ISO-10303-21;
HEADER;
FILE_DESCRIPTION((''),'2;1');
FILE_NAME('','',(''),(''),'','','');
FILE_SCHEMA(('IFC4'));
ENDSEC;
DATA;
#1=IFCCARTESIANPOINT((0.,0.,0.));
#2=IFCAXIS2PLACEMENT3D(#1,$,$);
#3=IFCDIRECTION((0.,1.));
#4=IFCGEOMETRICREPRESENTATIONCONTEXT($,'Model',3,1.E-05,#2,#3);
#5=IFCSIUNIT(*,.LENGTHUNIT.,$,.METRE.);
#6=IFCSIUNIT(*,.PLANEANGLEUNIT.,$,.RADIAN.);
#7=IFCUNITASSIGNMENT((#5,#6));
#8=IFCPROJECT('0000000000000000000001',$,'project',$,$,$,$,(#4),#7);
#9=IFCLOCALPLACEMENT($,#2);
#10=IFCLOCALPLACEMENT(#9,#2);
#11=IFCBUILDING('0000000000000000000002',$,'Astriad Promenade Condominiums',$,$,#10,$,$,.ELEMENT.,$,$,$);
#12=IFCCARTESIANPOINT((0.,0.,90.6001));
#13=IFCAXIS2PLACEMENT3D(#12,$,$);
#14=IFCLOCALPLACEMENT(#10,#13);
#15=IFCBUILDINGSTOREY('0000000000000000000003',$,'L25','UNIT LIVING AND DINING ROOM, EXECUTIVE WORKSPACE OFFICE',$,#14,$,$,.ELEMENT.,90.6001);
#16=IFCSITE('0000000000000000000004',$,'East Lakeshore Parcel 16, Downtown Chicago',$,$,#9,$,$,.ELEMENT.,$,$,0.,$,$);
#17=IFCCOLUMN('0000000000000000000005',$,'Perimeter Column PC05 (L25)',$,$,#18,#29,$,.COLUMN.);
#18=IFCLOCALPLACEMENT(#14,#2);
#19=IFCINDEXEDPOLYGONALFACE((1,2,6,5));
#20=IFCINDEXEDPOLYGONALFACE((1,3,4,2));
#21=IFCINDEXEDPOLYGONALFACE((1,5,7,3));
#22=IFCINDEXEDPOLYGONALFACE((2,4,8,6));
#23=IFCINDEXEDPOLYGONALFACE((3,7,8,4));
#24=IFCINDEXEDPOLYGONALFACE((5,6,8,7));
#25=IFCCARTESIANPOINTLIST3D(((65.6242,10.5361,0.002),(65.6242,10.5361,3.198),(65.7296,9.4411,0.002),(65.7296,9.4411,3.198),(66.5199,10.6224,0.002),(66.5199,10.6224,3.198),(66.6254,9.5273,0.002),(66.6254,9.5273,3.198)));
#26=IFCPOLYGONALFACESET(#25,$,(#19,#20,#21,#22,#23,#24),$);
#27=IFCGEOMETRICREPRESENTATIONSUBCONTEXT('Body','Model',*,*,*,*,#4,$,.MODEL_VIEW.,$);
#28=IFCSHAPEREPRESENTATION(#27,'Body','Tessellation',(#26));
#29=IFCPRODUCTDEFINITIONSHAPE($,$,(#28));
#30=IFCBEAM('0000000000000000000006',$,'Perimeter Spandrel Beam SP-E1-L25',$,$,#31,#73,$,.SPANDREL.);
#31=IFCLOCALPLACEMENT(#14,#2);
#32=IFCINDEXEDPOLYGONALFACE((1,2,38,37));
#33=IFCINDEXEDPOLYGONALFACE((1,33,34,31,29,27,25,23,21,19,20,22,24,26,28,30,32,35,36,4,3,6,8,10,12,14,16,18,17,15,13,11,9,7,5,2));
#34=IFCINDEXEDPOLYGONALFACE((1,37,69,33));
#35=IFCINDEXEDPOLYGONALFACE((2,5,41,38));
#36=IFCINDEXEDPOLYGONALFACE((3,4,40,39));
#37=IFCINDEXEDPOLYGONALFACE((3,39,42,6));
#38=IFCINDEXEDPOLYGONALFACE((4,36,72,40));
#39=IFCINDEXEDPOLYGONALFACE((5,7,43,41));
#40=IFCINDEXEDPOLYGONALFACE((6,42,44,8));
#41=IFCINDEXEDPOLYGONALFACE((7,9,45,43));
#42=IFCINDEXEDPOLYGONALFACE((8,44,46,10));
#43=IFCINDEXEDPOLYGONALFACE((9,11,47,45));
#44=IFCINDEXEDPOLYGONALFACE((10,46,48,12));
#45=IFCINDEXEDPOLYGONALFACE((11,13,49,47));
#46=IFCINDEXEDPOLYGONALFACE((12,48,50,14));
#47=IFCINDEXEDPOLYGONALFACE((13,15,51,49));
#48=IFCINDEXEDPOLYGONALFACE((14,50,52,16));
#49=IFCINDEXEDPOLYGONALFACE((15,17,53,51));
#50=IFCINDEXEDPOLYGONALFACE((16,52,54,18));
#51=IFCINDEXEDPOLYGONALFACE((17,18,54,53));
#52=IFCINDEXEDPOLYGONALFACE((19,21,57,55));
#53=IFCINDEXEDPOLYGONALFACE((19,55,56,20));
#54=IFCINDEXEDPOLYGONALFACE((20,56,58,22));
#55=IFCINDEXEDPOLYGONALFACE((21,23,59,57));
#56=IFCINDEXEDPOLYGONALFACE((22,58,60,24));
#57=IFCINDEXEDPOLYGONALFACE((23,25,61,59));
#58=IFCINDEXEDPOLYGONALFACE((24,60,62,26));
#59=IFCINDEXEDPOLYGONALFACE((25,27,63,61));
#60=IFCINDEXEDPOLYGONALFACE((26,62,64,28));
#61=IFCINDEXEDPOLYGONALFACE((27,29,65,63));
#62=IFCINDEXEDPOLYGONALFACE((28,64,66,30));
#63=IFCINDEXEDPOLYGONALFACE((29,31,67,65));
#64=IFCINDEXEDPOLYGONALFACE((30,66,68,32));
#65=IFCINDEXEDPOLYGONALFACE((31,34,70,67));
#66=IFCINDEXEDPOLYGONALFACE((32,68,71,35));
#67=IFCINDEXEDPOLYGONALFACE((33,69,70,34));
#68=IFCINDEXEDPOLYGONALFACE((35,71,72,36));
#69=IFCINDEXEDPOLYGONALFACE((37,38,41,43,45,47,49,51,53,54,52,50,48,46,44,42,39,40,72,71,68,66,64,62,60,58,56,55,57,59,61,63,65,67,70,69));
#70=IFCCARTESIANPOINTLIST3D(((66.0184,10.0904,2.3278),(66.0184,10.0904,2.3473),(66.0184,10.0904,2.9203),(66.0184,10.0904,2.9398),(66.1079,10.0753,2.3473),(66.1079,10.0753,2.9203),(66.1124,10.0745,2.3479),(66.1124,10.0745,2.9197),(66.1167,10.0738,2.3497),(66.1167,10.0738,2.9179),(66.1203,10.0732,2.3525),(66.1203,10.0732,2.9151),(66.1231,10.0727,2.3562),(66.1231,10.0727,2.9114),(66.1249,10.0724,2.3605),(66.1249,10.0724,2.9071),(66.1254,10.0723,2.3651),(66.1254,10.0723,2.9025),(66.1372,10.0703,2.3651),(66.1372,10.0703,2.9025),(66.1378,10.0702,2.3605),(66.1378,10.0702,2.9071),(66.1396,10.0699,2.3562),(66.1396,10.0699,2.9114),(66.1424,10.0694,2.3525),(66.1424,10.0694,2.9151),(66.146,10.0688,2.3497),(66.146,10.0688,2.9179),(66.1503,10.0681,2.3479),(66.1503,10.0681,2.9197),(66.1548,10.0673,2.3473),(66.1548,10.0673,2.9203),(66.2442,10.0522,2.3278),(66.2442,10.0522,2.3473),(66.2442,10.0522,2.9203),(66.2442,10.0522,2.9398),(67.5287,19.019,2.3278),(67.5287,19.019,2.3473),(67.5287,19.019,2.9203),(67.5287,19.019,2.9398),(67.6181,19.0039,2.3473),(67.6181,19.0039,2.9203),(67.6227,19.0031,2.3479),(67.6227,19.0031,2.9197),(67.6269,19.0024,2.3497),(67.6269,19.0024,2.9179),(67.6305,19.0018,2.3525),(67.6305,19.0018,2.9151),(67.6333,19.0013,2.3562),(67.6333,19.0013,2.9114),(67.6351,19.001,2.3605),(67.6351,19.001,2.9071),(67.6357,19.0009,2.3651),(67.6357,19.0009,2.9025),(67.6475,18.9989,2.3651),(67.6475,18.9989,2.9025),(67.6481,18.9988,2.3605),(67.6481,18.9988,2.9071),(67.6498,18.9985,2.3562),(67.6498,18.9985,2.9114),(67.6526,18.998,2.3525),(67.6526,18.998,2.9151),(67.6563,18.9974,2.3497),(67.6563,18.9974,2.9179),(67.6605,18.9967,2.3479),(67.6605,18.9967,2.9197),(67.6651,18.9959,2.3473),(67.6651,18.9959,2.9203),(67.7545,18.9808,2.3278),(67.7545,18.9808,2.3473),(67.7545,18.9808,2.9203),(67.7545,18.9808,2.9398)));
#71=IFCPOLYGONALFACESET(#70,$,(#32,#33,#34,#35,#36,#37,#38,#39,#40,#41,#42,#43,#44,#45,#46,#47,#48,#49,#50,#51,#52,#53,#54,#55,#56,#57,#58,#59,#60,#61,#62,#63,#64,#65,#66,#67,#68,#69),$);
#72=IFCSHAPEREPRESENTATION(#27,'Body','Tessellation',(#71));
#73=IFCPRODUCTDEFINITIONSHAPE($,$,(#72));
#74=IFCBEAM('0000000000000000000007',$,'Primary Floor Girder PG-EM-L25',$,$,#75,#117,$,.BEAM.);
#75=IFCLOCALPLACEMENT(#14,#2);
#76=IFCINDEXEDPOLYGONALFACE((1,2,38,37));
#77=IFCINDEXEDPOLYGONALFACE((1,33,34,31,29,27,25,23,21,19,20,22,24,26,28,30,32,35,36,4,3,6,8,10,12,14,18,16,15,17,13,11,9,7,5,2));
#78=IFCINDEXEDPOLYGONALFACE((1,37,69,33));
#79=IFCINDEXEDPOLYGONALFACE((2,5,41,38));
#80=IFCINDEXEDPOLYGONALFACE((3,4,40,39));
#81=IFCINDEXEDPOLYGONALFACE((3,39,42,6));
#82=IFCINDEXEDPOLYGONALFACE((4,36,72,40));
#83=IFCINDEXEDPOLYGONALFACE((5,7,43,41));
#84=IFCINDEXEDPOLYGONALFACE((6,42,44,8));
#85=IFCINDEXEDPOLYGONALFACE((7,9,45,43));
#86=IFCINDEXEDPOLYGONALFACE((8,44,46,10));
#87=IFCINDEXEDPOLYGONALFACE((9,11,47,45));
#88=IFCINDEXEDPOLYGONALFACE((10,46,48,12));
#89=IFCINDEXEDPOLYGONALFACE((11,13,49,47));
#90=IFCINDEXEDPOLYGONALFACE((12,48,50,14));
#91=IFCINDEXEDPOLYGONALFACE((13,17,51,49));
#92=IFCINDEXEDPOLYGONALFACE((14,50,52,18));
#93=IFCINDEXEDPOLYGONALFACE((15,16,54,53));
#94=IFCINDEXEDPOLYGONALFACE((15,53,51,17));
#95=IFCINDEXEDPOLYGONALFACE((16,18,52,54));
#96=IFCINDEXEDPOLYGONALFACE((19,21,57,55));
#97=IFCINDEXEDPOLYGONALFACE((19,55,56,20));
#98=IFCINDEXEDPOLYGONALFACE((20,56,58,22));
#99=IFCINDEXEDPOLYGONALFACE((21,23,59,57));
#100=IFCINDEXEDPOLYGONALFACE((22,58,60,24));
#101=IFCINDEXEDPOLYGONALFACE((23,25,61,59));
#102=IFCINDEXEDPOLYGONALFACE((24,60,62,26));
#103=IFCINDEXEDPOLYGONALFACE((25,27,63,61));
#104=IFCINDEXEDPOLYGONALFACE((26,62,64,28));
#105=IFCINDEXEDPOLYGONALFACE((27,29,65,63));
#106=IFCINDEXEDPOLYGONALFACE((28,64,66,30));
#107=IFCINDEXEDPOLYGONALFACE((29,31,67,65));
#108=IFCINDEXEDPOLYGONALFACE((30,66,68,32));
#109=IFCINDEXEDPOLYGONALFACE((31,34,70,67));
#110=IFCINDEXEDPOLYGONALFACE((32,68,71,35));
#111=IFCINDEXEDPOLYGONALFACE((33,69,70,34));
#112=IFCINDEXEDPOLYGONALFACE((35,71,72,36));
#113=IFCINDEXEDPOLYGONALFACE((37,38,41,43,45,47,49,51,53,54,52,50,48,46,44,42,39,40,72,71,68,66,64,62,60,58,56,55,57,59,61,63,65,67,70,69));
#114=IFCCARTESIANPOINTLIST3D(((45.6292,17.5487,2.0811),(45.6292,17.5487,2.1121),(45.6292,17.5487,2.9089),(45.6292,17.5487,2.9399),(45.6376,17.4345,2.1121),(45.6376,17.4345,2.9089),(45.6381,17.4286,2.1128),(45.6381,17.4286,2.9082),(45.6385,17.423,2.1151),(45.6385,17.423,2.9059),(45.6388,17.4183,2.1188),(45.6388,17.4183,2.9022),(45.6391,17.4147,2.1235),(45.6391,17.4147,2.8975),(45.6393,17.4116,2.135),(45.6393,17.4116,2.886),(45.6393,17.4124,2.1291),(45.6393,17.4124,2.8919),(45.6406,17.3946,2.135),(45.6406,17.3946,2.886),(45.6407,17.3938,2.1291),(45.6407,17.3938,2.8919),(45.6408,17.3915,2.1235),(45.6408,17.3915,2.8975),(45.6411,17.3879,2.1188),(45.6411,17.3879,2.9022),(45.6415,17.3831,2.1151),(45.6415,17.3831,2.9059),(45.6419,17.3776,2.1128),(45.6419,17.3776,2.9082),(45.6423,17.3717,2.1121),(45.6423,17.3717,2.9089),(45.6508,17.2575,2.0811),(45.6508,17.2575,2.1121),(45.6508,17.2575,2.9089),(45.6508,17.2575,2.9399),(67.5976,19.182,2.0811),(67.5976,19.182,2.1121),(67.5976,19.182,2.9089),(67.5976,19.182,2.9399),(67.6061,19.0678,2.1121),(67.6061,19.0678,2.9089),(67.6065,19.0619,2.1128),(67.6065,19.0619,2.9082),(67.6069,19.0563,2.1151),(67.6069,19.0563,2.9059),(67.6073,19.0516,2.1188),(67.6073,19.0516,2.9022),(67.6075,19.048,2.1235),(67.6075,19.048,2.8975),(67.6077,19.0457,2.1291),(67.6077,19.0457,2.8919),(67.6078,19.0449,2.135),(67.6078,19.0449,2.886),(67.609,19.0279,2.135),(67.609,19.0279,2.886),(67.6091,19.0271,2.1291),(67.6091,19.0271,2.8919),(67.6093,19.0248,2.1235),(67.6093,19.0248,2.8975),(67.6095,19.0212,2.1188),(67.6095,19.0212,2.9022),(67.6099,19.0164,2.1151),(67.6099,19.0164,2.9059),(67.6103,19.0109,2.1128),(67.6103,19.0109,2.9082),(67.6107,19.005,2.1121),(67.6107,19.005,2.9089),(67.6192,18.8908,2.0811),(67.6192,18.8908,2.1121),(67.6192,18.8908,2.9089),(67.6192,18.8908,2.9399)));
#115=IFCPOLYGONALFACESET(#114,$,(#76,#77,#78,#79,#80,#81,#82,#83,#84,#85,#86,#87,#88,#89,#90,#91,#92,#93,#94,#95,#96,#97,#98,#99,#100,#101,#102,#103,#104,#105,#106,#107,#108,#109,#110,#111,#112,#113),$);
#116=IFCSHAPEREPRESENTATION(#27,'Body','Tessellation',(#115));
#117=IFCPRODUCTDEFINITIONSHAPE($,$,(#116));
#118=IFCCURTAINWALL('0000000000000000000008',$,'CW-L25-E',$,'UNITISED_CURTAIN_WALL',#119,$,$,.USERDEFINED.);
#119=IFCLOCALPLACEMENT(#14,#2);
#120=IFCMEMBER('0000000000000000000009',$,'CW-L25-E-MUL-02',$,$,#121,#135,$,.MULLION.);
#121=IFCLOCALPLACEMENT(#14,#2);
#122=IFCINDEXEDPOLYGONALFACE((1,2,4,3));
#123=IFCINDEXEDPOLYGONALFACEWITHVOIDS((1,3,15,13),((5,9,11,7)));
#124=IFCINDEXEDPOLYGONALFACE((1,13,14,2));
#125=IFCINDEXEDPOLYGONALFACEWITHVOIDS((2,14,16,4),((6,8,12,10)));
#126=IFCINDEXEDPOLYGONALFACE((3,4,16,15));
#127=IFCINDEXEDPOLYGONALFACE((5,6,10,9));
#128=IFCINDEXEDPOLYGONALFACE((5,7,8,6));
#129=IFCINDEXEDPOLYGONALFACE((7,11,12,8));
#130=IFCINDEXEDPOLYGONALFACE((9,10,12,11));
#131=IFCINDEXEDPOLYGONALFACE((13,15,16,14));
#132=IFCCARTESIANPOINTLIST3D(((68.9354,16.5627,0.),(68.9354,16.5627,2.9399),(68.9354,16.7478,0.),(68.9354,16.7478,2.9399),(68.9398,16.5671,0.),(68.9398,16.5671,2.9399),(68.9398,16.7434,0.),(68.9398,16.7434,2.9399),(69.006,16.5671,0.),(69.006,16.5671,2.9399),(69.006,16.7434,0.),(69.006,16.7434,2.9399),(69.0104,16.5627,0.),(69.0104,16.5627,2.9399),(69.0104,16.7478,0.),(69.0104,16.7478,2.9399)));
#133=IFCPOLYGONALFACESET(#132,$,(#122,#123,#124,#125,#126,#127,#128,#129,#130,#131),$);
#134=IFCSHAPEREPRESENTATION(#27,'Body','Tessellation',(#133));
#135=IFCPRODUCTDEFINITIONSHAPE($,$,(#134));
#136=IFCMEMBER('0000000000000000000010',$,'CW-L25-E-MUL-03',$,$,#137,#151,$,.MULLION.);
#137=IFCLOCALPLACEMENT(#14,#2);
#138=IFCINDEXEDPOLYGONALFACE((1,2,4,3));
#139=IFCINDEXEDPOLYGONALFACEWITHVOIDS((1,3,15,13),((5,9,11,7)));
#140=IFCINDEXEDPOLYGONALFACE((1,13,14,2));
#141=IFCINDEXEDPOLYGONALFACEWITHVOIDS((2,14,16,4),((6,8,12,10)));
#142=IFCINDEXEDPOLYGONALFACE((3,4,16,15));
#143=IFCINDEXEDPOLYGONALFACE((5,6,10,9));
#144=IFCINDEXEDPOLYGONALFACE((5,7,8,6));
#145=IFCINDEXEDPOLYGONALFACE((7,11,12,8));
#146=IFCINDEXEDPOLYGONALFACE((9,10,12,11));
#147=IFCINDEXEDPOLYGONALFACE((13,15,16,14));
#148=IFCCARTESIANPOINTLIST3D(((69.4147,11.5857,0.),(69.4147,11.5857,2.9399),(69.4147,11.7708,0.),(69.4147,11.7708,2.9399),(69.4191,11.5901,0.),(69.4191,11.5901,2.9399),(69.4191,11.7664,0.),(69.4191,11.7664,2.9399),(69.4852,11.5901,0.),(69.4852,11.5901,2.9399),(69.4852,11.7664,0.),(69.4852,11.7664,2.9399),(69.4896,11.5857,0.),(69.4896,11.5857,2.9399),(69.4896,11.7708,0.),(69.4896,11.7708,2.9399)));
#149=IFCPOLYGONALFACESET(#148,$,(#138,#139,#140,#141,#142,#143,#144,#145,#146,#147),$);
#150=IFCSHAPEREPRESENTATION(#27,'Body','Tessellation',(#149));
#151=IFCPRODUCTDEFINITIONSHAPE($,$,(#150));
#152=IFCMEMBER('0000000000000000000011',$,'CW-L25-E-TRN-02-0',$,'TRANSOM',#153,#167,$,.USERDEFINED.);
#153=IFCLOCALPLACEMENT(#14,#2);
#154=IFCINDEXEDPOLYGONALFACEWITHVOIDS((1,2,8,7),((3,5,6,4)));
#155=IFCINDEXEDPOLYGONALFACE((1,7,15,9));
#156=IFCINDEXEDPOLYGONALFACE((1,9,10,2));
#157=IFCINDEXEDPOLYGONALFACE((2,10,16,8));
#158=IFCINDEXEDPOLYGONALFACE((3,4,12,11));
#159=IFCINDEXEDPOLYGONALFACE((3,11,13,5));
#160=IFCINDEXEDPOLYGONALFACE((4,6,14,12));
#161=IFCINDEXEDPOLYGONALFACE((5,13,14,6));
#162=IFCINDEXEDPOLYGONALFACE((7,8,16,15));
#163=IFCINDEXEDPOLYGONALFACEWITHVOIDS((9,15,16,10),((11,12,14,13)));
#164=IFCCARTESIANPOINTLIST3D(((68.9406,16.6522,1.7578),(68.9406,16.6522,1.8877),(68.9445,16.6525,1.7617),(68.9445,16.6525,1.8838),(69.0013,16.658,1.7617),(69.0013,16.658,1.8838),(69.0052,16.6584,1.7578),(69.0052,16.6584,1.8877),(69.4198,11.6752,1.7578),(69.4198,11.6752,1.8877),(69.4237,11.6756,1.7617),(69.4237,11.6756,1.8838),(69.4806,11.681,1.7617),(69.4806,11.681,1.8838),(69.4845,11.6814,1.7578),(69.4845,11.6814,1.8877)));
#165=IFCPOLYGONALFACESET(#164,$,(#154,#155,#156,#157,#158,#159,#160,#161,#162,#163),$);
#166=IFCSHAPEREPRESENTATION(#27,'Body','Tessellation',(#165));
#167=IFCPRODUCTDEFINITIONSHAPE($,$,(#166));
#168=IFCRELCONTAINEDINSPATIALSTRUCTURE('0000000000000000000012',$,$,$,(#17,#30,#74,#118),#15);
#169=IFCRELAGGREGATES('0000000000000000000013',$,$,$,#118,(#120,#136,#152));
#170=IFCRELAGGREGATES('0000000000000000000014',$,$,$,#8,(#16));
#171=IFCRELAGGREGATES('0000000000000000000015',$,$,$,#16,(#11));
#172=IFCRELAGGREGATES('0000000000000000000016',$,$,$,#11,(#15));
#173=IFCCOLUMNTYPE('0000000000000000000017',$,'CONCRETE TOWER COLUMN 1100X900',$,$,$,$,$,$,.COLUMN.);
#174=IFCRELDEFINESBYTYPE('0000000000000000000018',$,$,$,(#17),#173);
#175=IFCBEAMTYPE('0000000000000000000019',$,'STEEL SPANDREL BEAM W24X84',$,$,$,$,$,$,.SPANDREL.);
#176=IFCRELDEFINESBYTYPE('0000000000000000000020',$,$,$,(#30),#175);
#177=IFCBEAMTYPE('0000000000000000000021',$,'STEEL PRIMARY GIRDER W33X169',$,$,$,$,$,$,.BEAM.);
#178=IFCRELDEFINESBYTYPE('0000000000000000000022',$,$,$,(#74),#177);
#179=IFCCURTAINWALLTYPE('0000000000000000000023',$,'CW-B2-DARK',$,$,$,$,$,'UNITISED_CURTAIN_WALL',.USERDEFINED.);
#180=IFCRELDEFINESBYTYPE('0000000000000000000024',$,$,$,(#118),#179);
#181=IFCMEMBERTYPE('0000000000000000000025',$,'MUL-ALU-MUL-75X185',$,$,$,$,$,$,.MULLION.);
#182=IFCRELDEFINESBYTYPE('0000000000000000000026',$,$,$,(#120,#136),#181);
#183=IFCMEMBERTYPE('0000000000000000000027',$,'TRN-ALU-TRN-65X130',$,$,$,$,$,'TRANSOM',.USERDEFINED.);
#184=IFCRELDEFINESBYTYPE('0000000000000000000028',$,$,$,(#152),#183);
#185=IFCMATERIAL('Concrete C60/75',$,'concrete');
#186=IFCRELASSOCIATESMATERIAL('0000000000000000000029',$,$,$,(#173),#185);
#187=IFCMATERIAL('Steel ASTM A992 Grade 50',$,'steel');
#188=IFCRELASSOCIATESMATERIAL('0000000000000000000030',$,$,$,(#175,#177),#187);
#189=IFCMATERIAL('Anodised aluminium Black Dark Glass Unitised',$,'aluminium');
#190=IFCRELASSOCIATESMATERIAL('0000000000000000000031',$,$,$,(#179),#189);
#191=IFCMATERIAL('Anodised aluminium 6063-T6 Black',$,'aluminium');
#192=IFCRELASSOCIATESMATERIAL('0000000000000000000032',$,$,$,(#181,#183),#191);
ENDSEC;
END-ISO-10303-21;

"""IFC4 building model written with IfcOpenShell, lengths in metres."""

from ifc_helpers import new_model, si_unit, direction, frame, origin, origin_2d, place, context, subcontext, project, spatial, rectangle, hollow_rectangle, i_section, extrude, source, transform, mapped, material, material_profile, profile_set, type_object, type_shapes, element, aggregate, save


model = new_model("IFC4")

# Units and contexts
model_context = context("Model", 3, precision=1e-05, world=origin(), true_north=direction((0.0, 1.0)))
body_context = subcontext(model_context, "Body", "Model", "MODEL_VIEW")
ifc_project = project(units=[si_unit("LENGTHUNIT", "METRE"), si_unit("PLANEANGLEUNIT", "RADIAN")], contexts=[model_context])

# Site, building, storey
site_placement = place(None, origin())
site = spatial("IfcSite", under=ifc_project, at=site_placement, Name="East Lakeshore Parcel 16, Downtown Chicago", CompositionType="ELEMENT", RefElevation=0.0)
building_placement = place(site_placement, origin())
building = spatial("IfcBuilding", under=site, at=building_placement, Name="Astriad Promenade Condominiums", CompositionType="ELEMENT")
storey_placement = place(building_placement, frame((0.0, 0.0, 90.6001)))
storey = spatial("IfcBuildingStorey", under=building, at=storey_placement, Name="L25", Description="UNIT LIVING AND DINING ROOM, EXECUTIVE WORKSPACE OFFICE", CompositionType="ELEMENT", Elevation=90.6001)

# Column
ifc_material_1 = material(Name="Concrete C60/75", Category="concrete")
ifc_material_profile_1 = material_profile(ifc_material_1, rectangle(XDim=0.8999, YDim=1.1001, at=origin_2d()), Name="RC-COL-1100X900")
ifc_profile_set_1 = profile_set([ifc_material_profile_1], Name="Concrete C60/75")
column_type = type_object("IfcColumnType", Name="CONCRETE TOWER COLUMN 1100X900", PredefinedType="COLUMN", material=ifc_profile_set_1)
shared_shape_1 = source(origin(), body_context, "Body", "SweptSolid", [
    extrude(rectangle(XDim=0.8999, YDim=1.1001, at=origin_2d()), origin(), (0.0, 0.0, 1.0), 3.196),
])
type_shapes(column_type, [shared_shape_1])
column_placement = place(storey_placement, frame((66.1248, 10.0317, 0.002), z_axis=(0.0, 0.0, 1.0), x_axis=(0.995396, 0.095846, 0.0)))
element("IfcColumn", 1, at=column_placement, inside=storey, type_object=column_type, Name="Perimeter Column PC05 (L25)", PredefinedType="COLUMN", context=body_context, shape_type="MappedRepresentation", body=[
    mapped(shared_shape_1, transform((0.0, 0.0, 0.0), scale=1.0)),
])

# Beams
ifc_material_2 = material(Name="Steel ASTM A992 Grade 50", Category="steel")
ifc_material_profile_2 = material_profile(ifc_material_2, i_section(OverallWidth=0.229, OverallDepth=0.6121, WebThickness=0.012, FlangeThickness=0.0195, FilletRadius=0.0178, at=origin_2d()), Name="W24X84")
ifc_profile_set_2 = profile_set([ifc_material_profile_2], Name="Steel ASTM A992 Grade 50")
beam_type_1 = type_object("IfcBeamType", Name="STEEL SPANDREL BEAM W24X84", PredefinedType="SPANDREL", material=ifc_profile_set_2)
shared_shape_2 = source(origin(), body_context, "Body", "SweptSolid", [
    extrude(i_section(OverallWidth=0.229, OverallDepth=0.6121, WebThickness=0.012, FlangeThickness=0.0195, FilletRadius=0.0178, at=origin_2d()), origin(), (0.0, 0.0, 1.0), 9.0554),
])
type_shapes(beam_type_1, [shared_shape_2])
beam_1_placement = place(storey_placement, frame((66.1313, 10.0713, 2.6338), z_axis=(0.166777, 0.985995, 0.0), x_axis=(-0.985995, 0.166777, 0.0)))
element("IfcBeam", 2, at=beam_1_placement, inside=storey, type_object=beam_type_1, Name="Perimeter Spandrel Beam SP-E1-L25", PredefinedType="SPANDREL", context=body_context, shape_type="MappedRepresentation", body=[
    mapped(shared_shape_2, transform((0.0, 0.0, 0.0), scale=1.0)),
])
ifc_material_profile_3 = material_profile(ifc_material_2, i_section(OverallWidth=0.292, OverallDepth=0.8589, WebThickness=0.0171, FlangeThickness=0.031, FilletRadius=0.0229, at=origin_2d()), Name="W33X169")
ifc_profile_set_3 = profile_set([ifc_material_profile_3], Name="Steel ASTM A992 Grade 50")
beam_type_2 = type_object("IfcBeamType", Name="STEEL PRIMARY GIRDER W33X169", PredefinedType="BEAM", material=ifc_profile_set_3)
shared_shape_3 = source(origin(), body_context, "Body", "SweptSolid", [
    extrude(i_section(OverallWidth=0.292, OverallDepth=0.8589, WebThickness=0.0171, FlangeThickness=0.031, FilletRadius=0.0229, at=origin_2d()), origin(), (0.0, 0.0, 1.0), 22.0291),
])
type_shapes(beam_type_2, [shared_shape_3])
beam_2_placement = place(storey_placement, frame((67.6084, 19.0364, 2.5105), z_axis=(-0.997248, -0.074143, 0.0), x_axis=(0.074143, -0.997248, 0.0)))
element("IfcBeam", 3, at=beam_2_placement, inside=storey, type_object=beam_type_2, Name="Primary Floor Girder PG-EM-L25", PredefinedType="BEAM", context=body_context, shape_type="MappedRepresentation", body=[
    mapped(shared_shape_3, transform((0.0, 0.0, 0.0), scale=1.0)),
])

# Curtain wall, members
ifc_material_3 = material(Name="Anodised aluminium Black Dark Glass Unitised", Category="aluminium")
curtain_wall_type = type_object("IfcCurtainWallType", Name="CW-B2-DARK", ElementType="UNITISED_CURTAIN_WALL", PredefinedType="USERDEFINED", material=ifc_material_3)
curtain_wall_placement = place(storey_placement, origin())
curtain_wall = element("IfcCurtainWall", 4, at=curtain_wall_placement, inside=storey, type_object=curtain_wall_type, Name="CW-L25-E", ObjectType="UNITISED_CURTAIN_WALL", PredefinedType="USERDEFINED")
ifc_material_4 = material(Name="Anodised aluminium 6063-T6 Black", Category="aluminium")
ifc_material_profile_4 = material_profile(ifc_material_4, hollow_rectangle(XDim=0.075, YDim=0.1851, WallThickness=0.0044, at=origin_2d()), Name="ALU-MUL-75X185")
ifc_profile_set_4 = profile_set([ifc_material_profile_4], Name="Anodised aluminium 6063-T6 Black")
member_type_1 = type_object("IfcMemberType", Name="MUL-ALU-MUL-75X185", PredefinedType="MULLION", material=ifc_profile_set_4)
shared_shape_4 = source(origin(), body_context, "Body", "SweptSolid", [
    extrude(hollow_rectangle(XDim=0.075, YDim=0.1851, WallThickness=0.0044, at=origin_2d()), origin(), (0.0, 0.0, 1.0), 2.9399),
])
type_shapes(member_type_1, [shared_shape_4])
member_1_placement = place(storey_placement, frame((68.9729, 16.6553, 0.0), z_axis=(0.0, 0.0, 1.0), x_axis=(1.0, 0.0, 0.0)))
member_1 = element("IfcMember", 5, at=member_1_placement, type_object=member_type_1, Name="CW-L25-E-MUL-02", PredefinedType="MULLION", context=body_context, shape_type="MappedRepresentation", body=[
    mapped(shared_shape_4, transform((0.0, 0.0, 0.0), scale=1.0)),
])
member_2_placement = place(storey_placement, frame((69.4521, 11.6782, 0.0), z_axis=(0.0, 0.0, 1.0), x_axis=(1.0, 0.0, 0.0)))
member_2 = element("IfcMember", 6, at=member_2_placement, type_object=member_type_1, Name="CW-L25-E-MUL-03", PredefinedType="MULLION", context=body_context, shape_type="MappedRepresentation", body=[
    mapped(shared_shape_4, transform((0.0, 0.0, 0.0), scale=1.0)),
])
ifc_material_profile_5 = material_profile(ifc_material_4, hollow_rectangle(XDim=0.0649, YDim=0.1299, WallThickness=0.0039, at=origin_2d()), Name="ALU-TRN-65X130")
ifc_profile_set_5 = profile_set([ifc_material_profile_5], Name="Anodised aluminium 6063-T6 Black")
member_type_2 = type_object("IfcMemberType", Name="TRN-ALU-TRN-65X130", ElementType="TRANSOM", PredefinedType="USERDEFINED", material=ifc_profile_set_5)
shared_shape_5 = source(origin(), body_context, "Body", "SweptSolid", [
    extrude(hollow_rectangle(XDim=0.0649, YDim=0.1299, WallThickness=0.0039, at=origin_2d()), origin(), (0.0, 0.0, 1.0), 5.0),
])
type_shapes(member_type_2, [shared_shape_5])
member_3_placement = place(storey_placement, frame((68.9729, 16.6553, 1.8228), z_axis=(0.095848, -0.995396, 0.0), x_axis=(0.995396, 0.095848, 0.0)))
member_3 = element("IfcMember", 7, at=member_3_placement, type_object=member_type_2, Name="CW-L25-E-TRN-02-0", ObjectType="TRANSOM", PredefinedType="USERDEFINED", context=body_context, shape_type="MappedRepresentation", body=[
    mapped(shared_shape_5, transform((0.0, 0.0, 0.0), scale=1.0)),
])
aggregate(curtain_wall, [member_1, member_2, member_3])

save(model, "model.ifc")
